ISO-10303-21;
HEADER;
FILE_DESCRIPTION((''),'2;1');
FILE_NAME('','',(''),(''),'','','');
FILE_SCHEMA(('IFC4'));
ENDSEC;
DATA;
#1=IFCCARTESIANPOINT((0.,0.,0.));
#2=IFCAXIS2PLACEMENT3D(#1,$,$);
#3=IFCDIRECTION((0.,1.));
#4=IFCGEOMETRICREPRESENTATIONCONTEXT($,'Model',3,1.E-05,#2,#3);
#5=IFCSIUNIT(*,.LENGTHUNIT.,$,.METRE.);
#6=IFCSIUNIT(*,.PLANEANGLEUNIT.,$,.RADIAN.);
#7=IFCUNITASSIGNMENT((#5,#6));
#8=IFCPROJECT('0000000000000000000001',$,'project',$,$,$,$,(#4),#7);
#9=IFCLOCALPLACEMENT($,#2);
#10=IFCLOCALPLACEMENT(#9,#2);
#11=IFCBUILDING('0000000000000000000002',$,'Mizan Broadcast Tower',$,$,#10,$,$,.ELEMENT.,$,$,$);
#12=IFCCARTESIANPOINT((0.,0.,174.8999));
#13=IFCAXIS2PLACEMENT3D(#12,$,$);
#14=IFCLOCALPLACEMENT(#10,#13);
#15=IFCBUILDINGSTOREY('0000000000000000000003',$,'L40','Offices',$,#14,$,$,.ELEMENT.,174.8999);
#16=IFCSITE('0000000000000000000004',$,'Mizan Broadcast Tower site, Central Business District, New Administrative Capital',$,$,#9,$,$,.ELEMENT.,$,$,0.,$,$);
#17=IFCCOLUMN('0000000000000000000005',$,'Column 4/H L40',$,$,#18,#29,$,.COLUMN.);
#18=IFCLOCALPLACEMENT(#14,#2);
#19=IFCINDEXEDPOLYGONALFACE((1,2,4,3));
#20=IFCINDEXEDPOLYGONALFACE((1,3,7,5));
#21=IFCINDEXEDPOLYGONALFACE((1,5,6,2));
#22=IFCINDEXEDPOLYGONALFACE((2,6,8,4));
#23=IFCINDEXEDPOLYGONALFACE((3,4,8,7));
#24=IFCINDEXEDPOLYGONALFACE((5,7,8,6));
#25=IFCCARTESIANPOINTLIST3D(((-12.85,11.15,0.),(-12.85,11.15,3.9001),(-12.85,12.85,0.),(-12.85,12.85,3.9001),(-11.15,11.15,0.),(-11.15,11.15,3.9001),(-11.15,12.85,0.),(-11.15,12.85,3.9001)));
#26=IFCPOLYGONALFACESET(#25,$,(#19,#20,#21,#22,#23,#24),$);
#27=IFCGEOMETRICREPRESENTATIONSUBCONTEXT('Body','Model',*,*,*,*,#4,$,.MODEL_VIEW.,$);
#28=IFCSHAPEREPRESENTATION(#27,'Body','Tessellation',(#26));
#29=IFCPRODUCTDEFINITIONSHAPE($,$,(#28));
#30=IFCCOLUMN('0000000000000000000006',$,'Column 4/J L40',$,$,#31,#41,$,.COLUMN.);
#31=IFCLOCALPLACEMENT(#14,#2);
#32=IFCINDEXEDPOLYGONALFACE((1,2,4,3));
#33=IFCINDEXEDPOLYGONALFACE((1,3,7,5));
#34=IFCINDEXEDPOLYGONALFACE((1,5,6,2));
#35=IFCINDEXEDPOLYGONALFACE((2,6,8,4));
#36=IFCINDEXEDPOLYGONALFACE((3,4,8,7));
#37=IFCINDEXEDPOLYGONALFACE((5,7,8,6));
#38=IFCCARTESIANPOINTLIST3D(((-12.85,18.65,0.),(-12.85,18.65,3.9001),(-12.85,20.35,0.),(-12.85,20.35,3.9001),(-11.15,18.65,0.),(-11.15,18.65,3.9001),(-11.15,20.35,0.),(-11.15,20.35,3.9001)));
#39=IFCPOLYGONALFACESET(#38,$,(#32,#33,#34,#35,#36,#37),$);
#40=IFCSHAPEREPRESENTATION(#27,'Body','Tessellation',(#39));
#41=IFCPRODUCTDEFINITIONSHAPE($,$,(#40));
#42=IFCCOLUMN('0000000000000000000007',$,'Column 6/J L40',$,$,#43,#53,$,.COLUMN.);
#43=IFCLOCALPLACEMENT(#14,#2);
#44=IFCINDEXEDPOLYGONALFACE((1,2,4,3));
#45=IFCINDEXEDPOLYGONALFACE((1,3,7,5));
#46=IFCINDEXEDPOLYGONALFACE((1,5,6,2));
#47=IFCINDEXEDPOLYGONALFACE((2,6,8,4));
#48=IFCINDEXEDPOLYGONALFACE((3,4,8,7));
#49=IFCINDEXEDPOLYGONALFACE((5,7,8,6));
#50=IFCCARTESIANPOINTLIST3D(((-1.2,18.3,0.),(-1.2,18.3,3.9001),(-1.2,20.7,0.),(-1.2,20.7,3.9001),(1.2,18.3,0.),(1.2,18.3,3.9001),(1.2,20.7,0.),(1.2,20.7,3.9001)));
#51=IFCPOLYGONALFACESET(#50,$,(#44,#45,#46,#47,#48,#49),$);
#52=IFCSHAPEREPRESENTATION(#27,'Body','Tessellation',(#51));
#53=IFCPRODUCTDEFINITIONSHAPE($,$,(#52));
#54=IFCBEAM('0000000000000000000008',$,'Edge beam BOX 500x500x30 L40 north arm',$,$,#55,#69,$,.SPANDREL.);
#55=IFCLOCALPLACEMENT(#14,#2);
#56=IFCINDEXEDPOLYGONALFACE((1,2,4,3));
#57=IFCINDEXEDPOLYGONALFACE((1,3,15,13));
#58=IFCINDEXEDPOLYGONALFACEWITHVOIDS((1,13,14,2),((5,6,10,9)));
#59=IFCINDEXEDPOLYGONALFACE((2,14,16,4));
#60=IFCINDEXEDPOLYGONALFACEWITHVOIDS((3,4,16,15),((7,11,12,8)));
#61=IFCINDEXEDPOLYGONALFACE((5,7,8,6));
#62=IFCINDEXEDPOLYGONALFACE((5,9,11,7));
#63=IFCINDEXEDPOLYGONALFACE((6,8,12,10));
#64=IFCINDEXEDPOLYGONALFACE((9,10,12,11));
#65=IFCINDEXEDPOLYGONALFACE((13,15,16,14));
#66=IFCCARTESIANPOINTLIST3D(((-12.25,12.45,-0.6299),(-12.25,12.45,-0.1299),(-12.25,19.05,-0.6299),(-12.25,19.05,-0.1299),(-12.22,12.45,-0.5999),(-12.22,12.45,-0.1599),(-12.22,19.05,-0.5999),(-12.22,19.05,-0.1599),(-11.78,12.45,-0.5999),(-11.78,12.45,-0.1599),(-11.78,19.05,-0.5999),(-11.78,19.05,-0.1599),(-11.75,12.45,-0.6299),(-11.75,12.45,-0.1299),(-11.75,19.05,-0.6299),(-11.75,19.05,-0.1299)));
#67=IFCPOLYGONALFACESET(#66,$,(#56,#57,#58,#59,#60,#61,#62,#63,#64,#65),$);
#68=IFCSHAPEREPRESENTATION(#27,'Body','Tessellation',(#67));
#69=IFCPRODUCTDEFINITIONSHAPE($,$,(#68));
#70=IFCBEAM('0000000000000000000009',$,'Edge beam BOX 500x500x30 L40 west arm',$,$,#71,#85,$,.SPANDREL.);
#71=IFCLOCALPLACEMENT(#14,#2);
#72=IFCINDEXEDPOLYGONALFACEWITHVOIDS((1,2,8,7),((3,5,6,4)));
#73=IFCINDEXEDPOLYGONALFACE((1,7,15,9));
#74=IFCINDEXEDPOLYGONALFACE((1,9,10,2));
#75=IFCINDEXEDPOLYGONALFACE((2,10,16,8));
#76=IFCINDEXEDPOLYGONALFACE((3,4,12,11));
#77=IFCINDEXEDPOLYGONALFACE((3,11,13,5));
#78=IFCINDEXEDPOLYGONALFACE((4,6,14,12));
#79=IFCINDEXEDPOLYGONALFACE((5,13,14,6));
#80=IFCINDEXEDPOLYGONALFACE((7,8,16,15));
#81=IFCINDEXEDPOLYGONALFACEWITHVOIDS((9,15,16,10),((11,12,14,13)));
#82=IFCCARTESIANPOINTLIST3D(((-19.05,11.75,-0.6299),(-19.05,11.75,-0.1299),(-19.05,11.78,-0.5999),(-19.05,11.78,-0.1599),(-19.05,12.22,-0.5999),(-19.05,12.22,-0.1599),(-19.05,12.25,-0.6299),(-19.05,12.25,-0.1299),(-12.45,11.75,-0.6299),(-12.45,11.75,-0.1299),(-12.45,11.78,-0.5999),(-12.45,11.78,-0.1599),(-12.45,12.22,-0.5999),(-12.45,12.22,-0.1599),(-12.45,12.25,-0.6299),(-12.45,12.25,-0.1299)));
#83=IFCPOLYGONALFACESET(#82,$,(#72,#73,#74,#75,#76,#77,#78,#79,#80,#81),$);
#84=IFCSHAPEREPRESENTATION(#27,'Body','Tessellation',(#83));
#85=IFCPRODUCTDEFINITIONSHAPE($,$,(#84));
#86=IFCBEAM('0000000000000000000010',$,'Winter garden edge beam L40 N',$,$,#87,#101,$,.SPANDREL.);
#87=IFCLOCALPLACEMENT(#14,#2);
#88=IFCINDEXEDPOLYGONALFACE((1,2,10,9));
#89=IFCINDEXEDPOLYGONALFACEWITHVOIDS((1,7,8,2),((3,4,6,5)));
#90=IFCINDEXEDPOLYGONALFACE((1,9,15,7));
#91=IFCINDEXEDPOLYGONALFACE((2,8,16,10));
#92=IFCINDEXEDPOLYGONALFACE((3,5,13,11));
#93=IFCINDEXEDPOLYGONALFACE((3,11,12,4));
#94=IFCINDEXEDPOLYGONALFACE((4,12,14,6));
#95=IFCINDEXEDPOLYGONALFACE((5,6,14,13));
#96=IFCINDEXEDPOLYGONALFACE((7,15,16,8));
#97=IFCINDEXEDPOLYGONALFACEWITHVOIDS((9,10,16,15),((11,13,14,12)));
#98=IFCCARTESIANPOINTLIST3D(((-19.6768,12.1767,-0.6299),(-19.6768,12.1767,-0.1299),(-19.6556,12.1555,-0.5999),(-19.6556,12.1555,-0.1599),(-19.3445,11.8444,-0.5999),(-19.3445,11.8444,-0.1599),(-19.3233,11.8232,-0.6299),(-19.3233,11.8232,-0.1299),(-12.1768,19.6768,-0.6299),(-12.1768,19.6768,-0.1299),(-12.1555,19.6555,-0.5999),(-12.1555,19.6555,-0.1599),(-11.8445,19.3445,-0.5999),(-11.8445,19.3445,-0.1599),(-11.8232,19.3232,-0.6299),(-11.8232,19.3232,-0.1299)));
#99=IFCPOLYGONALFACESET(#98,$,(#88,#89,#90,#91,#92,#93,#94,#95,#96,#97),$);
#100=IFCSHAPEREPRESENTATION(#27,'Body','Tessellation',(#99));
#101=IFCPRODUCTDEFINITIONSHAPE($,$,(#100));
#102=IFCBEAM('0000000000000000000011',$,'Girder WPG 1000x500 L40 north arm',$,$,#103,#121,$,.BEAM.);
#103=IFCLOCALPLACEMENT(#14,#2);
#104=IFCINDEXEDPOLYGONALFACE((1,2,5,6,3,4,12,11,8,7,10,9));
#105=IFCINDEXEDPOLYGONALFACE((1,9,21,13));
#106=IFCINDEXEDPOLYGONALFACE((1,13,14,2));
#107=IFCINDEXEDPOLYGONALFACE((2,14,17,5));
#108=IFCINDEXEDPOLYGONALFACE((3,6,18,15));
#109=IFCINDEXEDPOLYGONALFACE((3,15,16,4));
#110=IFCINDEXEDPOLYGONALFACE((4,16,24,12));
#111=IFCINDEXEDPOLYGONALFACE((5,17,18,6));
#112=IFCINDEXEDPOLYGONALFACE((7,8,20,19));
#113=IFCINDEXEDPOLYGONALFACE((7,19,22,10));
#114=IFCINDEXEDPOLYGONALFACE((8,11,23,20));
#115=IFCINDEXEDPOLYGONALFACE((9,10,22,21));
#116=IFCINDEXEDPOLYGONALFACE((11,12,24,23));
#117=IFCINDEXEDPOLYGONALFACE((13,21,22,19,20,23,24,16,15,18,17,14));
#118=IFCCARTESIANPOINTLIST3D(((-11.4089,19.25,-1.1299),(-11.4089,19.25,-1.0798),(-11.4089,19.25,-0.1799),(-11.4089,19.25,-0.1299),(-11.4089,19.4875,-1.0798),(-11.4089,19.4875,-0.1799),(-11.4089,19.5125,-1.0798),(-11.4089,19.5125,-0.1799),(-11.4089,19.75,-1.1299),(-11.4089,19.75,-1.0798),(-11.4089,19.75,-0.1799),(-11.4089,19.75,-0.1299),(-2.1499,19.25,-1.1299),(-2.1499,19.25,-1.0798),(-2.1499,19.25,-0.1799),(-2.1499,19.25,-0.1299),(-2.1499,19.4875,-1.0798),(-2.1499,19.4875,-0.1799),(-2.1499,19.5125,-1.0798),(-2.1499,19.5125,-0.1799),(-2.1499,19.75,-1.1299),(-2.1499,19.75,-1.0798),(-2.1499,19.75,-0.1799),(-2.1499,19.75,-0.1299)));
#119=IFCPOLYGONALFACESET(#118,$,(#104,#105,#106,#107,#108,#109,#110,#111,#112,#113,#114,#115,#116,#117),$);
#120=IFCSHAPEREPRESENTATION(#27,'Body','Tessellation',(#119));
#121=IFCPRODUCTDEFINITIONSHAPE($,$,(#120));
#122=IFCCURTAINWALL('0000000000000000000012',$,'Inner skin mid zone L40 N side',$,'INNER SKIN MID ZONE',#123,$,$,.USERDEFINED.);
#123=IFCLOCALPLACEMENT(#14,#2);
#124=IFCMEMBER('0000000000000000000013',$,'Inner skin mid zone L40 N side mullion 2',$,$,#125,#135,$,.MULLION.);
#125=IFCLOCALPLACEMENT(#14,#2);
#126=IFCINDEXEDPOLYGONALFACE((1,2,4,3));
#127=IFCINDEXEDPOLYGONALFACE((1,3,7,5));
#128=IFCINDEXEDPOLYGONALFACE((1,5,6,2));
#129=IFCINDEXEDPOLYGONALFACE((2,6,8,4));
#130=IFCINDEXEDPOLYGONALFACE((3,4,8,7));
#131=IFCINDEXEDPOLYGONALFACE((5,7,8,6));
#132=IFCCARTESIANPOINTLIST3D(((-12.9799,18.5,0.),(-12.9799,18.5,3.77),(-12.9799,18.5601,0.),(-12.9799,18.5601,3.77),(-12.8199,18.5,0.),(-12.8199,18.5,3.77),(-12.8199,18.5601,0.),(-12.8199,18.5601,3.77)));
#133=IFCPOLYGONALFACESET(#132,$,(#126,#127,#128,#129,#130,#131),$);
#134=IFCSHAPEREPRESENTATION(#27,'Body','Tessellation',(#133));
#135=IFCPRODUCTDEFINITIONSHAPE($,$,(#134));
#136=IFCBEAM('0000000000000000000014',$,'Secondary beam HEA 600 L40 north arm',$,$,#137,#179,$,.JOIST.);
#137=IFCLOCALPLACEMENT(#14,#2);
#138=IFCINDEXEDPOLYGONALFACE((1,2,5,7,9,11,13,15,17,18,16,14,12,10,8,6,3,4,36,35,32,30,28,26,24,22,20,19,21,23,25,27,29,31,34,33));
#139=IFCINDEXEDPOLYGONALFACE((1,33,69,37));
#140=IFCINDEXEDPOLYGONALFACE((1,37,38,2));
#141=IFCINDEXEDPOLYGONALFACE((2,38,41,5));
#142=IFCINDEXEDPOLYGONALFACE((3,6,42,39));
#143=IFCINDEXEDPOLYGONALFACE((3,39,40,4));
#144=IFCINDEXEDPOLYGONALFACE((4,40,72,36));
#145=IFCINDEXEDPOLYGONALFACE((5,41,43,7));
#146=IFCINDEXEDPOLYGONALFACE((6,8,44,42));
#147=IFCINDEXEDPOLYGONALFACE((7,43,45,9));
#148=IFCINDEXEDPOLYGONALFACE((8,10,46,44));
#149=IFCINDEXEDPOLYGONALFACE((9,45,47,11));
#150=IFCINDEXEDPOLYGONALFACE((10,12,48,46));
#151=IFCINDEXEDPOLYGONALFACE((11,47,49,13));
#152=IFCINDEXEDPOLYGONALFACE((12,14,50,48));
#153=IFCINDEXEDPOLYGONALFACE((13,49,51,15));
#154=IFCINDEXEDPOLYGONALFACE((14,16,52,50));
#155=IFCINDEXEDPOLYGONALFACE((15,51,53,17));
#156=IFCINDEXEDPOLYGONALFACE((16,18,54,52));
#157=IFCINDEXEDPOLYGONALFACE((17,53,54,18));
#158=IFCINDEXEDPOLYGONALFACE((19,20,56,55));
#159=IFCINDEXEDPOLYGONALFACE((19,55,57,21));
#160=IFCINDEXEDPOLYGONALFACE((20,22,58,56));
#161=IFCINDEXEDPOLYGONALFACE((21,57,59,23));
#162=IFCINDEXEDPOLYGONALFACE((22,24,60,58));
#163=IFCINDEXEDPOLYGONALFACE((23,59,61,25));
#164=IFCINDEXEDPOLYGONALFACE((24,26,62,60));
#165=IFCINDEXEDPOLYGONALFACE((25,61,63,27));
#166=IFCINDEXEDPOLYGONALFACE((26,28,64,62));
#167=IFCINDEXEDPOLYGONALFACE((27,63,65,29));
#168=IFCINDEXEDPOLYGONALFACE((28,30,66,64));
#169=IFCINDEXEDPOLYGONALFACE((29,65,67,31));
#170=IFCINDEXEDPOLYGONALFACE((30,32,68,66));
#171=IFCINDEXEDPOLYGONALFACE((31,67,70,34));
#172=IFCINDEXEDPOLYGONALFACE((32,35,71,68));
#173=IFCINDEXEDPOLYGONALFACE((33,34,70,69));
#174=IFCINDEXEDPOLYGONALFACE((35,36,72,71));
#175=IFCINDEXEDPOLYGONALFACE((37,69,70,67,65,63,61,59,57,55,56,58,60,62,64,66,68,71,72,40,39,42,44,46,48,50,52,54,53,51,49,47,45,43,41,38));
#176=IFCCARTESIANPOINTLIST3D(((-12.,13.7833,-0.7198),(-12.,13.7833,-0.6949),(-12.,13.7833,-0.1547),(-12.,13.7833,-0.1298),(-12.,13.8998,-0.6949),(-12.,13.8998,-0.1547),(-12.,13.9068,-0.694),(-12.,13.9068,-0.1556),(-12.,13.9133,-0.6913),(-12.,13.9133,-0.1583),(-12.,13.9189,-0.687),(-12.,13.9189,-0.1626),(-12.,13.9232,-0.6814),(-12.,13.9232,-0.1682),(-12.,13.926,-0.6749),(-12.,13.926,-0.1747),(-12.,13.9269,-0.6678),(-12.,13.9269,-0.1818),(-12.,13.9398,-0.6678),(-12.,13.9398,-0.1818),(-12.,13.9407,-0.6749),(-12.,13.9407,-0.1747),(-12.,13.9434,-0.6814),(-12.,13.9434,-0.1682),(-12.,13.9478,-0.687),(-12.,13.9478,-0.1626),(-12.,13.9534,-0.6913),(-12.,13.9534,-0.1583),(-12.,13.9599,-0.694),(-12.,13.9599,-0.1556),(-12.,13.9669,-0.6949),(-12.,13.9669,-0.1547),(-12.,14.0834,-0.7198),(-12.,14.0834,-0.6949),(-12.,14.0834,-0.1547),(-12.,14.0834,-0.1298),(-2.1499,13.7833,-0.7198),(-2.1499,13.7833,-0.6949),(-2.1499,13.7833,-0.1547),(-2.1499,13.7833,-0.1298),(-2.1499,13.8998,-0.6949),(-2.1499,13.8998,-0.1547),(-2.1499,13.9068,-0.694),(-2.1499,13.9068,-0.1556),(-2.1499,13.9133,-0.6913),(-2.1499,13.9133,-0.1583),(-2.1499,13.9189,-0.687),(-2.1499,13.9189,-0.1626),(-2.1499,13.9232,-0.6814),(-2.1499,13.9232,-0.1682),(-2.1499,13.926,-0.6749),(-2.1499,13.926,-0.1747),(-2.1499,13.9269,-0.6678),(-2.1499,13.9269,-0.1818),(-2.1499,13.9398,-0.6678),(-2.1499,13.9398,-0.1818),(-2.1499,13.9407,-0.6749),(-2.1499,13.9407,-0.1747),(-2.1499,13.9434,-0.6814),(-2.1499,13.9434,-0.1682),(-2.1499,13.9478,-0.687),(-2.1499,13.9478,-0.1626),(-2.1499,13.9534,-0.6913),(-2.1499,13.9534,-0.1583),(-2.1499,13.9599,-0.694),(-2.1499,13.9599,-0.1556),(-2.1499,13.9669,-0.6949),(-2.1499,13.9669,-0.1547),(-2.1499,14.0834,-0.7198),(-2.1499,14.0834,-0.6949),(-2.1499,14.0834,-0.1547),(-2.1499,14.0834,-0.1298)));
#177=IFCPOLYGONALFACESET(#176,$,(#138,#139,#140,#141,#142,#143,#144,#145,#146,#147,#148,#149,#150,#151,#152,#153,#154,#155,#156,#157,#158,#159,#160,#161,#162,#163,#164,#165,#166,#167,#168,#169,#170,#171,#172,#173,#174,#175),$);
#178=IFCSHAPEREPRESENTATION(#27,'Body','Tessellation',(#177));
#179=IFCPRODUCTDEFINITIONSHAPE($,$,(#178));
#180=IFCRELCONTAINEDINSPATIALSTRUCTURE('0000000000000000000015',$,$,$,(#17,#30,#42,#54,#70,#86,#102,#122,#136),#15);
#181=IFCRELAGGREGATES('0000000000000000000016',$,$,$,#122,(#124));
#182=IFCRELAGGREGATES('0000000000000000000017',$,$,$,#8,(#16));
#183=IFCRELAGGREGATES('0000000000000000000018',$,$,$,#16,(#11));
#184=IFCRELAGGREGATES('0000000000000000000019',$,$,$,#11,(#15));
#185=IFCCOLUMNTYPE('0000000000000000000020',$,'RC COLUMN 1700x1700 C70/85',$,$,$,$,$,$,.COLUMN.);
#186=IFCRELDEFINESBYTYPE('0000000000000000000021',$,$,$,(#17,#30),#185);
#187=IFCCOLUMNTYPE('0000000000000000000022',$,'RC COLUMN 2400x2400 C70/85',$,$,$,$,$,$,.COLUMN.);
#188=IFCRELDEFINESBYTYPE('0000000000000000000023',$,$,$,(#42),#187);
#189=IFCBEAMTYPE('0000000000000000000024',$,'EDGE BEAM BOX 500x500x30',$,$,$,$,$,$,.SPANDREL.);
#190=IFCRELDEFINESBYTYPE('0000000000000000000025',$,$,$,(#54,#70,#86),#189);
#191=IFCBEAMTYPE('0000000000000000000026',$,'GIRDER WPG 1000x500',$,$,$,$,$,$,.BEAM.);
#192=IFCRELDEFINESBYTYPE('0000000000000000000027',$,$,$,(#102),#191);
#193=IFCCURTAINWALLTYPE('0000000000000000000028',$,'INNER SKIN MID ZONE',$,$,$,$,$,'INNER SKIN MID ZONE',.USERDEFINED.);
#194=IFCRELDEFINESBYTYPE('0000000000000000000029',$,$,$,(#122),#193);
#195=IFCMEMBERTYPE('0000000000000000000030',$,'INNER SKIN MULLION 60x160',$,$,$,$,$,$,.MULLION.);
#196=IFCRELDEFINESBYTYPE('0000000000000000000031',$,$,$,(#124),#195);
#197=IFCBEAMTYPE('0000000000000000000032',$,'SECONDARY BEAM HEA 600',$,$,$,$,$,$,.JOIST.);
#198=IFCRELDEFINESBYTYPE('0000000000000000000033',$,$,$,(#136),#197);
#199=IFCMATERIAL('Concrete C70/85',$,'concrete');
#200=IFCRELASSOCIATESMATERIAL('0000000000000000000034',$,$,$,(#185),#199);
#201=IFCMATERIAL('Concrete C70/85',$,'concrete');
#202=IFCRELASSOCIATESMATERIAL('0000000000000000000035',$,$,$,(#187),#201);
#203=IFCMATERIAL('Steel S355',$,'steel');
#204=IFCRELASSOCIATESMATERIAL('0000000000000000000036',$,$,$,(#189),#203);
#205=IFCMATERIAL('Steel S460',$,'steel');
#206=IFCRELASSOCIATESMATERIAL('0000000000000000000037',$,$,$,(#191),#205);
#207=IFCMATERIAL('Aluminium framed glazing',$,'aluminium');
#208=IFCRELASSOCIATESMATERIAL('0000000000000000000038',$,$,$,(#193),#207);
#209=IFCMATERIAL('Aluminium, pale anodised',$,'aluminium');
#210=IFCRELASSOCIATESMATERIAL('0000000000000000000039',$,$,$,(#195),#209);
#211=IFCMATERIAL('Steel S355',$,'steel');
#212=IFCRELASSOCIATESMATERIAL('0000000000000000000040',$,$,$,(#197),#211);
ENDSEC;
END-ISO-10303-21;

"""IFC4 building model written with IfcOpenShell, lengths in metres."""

from ifc_helpers import new_model, si_unit, direction, frame, origin, origin_2d, place, context, subcontext, project, spatial, rectangle, hollow_rectangle, i_section, extrude, material, material_profile, profile_set, type_object, element, aggregate, save


model = new_model("IFC4")

# Units and contexts
model_context = context("Model", 3, precision=1e-05, world=origin(), true_north=direction((0.0, 1.0)))
body_context = subcontext(model_context, "Body", "Model", "MODEL_VIEW")
ifc_project = project(units=[si_unit("LENGTHUNIT", "METRE"), si_unit("PLANEANGLEUNIT", "RADIAN")], contexts=[model_context])

# Site, building, storey
site_placement = place(None, origin())
site = spatial("IfcSite", under=ifc_project, at=site_placement, Name="Mizan Broadcast Tower site, Central Business District, New Administrative Capital", CompositionType="ELEMENT", RefElevation=0.0)
building_placement = place(site_placement, origin())
building = spatial("IfcBuilding", under=site, at=building_placement, Name="Mizan Broadcast Tower", CompositionType="ELEMENT")
storey_placement = place(building_placement, frame((0.0, 0.0, 174.8999)))
storey = spatial("IfcBuildingStorey", under=building, at=storey_placement, Name="L40", Description="Offices", CompositionType="ELEMENT", Elevation=174.8999)

# Columns
ifc_material_1 = material(Name="Concrete C70/85", Category="concrete")
ifc_material_profile_1 = material_profile(ifc_material_1, rectangle(XDim=1.7, YDim=1.7, at=origin_2d()), Name="RC 1700x1700")
ifc_profile_set_1 = profile_set([ifc_material_profile_1], Name="Concrete C70/85")
column_type_1 = type_object("IfcColumnType", Name="RC COLUMN 1700x1700 C70/85", PredefinedType="COLUMN", material=ifc_profile_set_1)
for number, where, z_axis, x_axis, name in (
    (1, (-12.0, 12.0, 0.0), (0.0, 0.0, 1.0), (1.0, 0.0, 0.0), "Column 4/H L40"),
    (2, (-12.0, 19.5, 0.0), (0.0, 0.0, 1.0), (1.0, 0.0, 0.0), "Column 4/J L40"),
):
    element("IfcColumn", number, at=place(storey_placement, frame(where, z_axis=z_axis, x_axis=x_axis)), inside=storey, type_object=column_type_1, Name=name, PredefinedType="COLUMN", context=body_context, shape_type="SweptSolid", body=[
        extrude(rectangle(XDim=1.7, YDim=1.7, at=origin_2d()), origin(), (0.0, 0.0, 1.0), 3.9001),
    ])
ifc_material_2 = material(Name="Concrete C70/85", Category="concrete")
ifc_material_profile_2 = material_profile(ifc_material_2, rectangle(XDim=2.3999, YDim=2.3999, at=origin_2d()), Name="RC 2400x2400")
ifc_profile_set_2 = profile_set([ifc_material_profile_2], Name="Concrete C70/85")
column_type_2 = type_object("IfcColumnType", Name="RC COLUMN 2400x2400 C70/85", PredefinedType="COLUMN", material=ifc_profile_set_2)
column_placement = place(storey_placement, frame((0.0, 19.5, 0.0), z_axis=(0.0, 0.0, 1.0), x_axis=(1.0, 0.0, 0.0)))
element("IfcColumn", 3, at=column_placement, inside=storey, type_object=column_type_2, Name="Column 6/J L40", PredefinedType="COLUMN", context=body_context, shape_type="SweptSolid", body=[
    extrude(rectangle(XDim=2.3999, YDim=2.3999, at=origin_2d()), origin(), (0.0, 0.0, 1.0), 3.9001),
])

# Beams
ifc_material_3 = material(Name="Steel S355", Category="steel")
ifc_material_profile_3 = material_profile(ifc_material_3, hollow_rectangle(XDim=0.5, YDim=0.5, WallThickness=0.03, at=origin_2d()), Name="BOX 500x500x30")
ifc_profile_set_3 = profile_set([ifc_material_profile_3], Name="Steel S355")
beam_type_1 = type_object("IfcBeamType", Name="EDGE BEAM BOX 500x500x30", PredefinedType="SPANDREL", material=ifc_profile_set_3)
for number, where, z_axis, x_axis, name in (
    (4, (-12.0, 12.45, -0.3799), (0.0, 1.0, 0.0), (-1.0, 0.0, 0.0), "Edge beam BOX 500x500x30 L40 north arm"),
    (5, (-12.45, 12.0, -0.3799), (-1.0, 0.0, 0.0), (0.0, -1.0, 0.0), "Edge beam BOX 500x500x30 L40 west arm"),
):
    element("IfcBeam", number, at=place(storey_placement, frame(where, z_axis=z_axis, x_axis=x_axis)), inside=storey, type_object=beam_type_1, Name=name, PredefinedType="SPANDREL", context=body_context, shape_type="SweptSolid", body=[
        extrude(hollow_rectangle(XDim=0.5, YDim=0.5, WallThickness=0.03, at=origin_2d()), origin(), (0.0, 0.0, 1.0), 6.6001),
    ])
beam_1_placement = place(storey_placement, frame((-12.0, 19.5, -0.3799), z_axis=(-0.707107, -0.707107, 0.0), x_axis=(0.707107, -0.707107, 0.0)))
element("IfcBeam", 6, at=beam_1_placement, inside=storey, type_object=beam_type_1, Name="Winter garden edge beam L40 N", PredefinedType="SPANDREL", context=body_context, shape_type="SweptSolid", body=[
    extrude(hollow_rectangle(XDim=0.5, YDim=0.5, WallThickness=0.03, at=origin_2d()), origin(), (0.0, 0.0, 1.0), 10.6067),
])
ifc_material_4 = material(Name="Steel S460", Category="steel")
ifc_material_profile_4 = material_profile(ifc_material_4, i_section(OverallWidth=0.5, OverallDepth=1.0, WebThickness=0.0249, FlangeThickness=0.05, at=origin_2d()), Name="WPG 1000x500")
ifc_profile_set_4 = profile_set([ifc_material_profile_4], Name="Steel S460")
beam_type_2 = type_object("IfcBeamType", Name="GIRDER WPG 1000x500", PredefinedType="BEAM", material=ifc_profile_set_4)
beam_2_placement = place(storey_placement, frame((-11.4089, 19.5, -0.6299), z_axis=(1.0, 0.0, 0.0), x_axis=(0.0, 1.0, 0.0)))
element("IfcBeam", 7, at=beam_2_placement, inside=storey, type_object=beam_type_2, Name="Girder WPG 1000x500 L40 north arm", PredefinedType="BEAM", context=body_context, shape_type="SweptSolid", body=[
    extrude(i_section(OverallWidth=0.5, OverallDepth=1.0, WebThickness=0.0249, FlangeThickness=0.05, at=origin_2d()), origin(), (0.0, 0.0, 1.0), 9.259),
])

# Curtain wall, member
ifc_material_5 = material(Name="Aluminium framed glazing", Category="aluminium")
curtain_wall_type = type_object("IfcCurtainWallType", Name="INNER SKIN MID ZONE", ElementType="INNER SKIN MID ZONE", PredefinedType="USERDEFINED", material=ifc_material_5)
curtain_wall_placement = place(storey_placement, origin())
curtain_wall = element("IfcCurtainWall", 8, at=curtain_wall_placement, inside=storey, type_object=curtain_wall_type, Name="Inner skin mid zone L40 N side", ObjectType="INNER SKIN MID ZONE", PredefinedType="USERDEFINED")
ifc_material_6 = material(Name="Aluminium, pale anodised", Category="aluminium")
ifc_material_profile_5 = material_profile(ifc_material_6, rectangle(XDim=0.1599, YDim=0.0601, at=origin_2d()), Name="MULLION 160x60")
ifc_profile_set_5 = profile_set([ifc_material_profile_5], Name="Aluminium, pale anodised")
member_type = type_object("IfcMemberType", Name="INNER SKIN MULLION 60x160", PredefinedType="MULLION", material=ifc_profile_set_5)
member_placement = place(storey_placement, frame((-12.8999, 18.53, 0.0), z_axis=(0.0, 0.0, 1.0), x_axis=(1.0, 0.0, 0.0)))
member = element("IfcMember", 9, at=member_placement, type_object=member_type, Name="Inner skin mid zone L40 N side mullion 2", PredefinedType="MULLION", context=body_context, shape_type="SweptSolid", body=[
    extrude(rectangle(XDim=0.1599, YDim=0.0601, at=origin_2d()), origin(), (0.0, 0.0, 1.0), 3.77),
])
aggregate(curtain_wall, [member])

# Beam
ifc_material_7 = material(Name="Steel S355", Category="steel")
ifc_material_profile_6 = material_profile(ifc_material_7, i_section(OverallWidth=0.3, OverallDepth=0.5901, WebThickness=0.0129, FlangeThickness=0.0249, FilletRadius=0.0271, at=origin_2d()), Name="HEA 600")
ifc_profile_set_6 = profile_set([ifc_material_profile_6], Name="Steel S355")
beam_type_3 = type_object("IfcBeamType", Name="SECONDARY BEAM HEA 600", PredefinedType="JOIST", material=ifc_profile_set_6)
for number, where, z_axis, x_axis, name in (
    (10, (-12.0, 13.9333, -0.4248), (1.0, 0.0, 0.0), (0.0, 1.0, 0.0), "Secondary beam HEA 600 L40 north arm"),
):
    element("IfcBeam", number, at=place(storey_placement, frame(where, z_axis=z_axis, x_axis=x_axis)), inside=storey, type_object=beam_type_3, Name=name, PredefinedType="JOIST", context=body_context, shape_type="SweptSolid", body=[
        extrude(i_section(OverallWidth=0.3, OverallDepth=0.5901, WebThickness=0.0129, FlangeThickness=0.0249, FilletRadius=0.0271, at=origin_2d()), origin(), (0.0, 0.0, 1.0), 9.8501),
    ])

save(model, "model.ifc")
